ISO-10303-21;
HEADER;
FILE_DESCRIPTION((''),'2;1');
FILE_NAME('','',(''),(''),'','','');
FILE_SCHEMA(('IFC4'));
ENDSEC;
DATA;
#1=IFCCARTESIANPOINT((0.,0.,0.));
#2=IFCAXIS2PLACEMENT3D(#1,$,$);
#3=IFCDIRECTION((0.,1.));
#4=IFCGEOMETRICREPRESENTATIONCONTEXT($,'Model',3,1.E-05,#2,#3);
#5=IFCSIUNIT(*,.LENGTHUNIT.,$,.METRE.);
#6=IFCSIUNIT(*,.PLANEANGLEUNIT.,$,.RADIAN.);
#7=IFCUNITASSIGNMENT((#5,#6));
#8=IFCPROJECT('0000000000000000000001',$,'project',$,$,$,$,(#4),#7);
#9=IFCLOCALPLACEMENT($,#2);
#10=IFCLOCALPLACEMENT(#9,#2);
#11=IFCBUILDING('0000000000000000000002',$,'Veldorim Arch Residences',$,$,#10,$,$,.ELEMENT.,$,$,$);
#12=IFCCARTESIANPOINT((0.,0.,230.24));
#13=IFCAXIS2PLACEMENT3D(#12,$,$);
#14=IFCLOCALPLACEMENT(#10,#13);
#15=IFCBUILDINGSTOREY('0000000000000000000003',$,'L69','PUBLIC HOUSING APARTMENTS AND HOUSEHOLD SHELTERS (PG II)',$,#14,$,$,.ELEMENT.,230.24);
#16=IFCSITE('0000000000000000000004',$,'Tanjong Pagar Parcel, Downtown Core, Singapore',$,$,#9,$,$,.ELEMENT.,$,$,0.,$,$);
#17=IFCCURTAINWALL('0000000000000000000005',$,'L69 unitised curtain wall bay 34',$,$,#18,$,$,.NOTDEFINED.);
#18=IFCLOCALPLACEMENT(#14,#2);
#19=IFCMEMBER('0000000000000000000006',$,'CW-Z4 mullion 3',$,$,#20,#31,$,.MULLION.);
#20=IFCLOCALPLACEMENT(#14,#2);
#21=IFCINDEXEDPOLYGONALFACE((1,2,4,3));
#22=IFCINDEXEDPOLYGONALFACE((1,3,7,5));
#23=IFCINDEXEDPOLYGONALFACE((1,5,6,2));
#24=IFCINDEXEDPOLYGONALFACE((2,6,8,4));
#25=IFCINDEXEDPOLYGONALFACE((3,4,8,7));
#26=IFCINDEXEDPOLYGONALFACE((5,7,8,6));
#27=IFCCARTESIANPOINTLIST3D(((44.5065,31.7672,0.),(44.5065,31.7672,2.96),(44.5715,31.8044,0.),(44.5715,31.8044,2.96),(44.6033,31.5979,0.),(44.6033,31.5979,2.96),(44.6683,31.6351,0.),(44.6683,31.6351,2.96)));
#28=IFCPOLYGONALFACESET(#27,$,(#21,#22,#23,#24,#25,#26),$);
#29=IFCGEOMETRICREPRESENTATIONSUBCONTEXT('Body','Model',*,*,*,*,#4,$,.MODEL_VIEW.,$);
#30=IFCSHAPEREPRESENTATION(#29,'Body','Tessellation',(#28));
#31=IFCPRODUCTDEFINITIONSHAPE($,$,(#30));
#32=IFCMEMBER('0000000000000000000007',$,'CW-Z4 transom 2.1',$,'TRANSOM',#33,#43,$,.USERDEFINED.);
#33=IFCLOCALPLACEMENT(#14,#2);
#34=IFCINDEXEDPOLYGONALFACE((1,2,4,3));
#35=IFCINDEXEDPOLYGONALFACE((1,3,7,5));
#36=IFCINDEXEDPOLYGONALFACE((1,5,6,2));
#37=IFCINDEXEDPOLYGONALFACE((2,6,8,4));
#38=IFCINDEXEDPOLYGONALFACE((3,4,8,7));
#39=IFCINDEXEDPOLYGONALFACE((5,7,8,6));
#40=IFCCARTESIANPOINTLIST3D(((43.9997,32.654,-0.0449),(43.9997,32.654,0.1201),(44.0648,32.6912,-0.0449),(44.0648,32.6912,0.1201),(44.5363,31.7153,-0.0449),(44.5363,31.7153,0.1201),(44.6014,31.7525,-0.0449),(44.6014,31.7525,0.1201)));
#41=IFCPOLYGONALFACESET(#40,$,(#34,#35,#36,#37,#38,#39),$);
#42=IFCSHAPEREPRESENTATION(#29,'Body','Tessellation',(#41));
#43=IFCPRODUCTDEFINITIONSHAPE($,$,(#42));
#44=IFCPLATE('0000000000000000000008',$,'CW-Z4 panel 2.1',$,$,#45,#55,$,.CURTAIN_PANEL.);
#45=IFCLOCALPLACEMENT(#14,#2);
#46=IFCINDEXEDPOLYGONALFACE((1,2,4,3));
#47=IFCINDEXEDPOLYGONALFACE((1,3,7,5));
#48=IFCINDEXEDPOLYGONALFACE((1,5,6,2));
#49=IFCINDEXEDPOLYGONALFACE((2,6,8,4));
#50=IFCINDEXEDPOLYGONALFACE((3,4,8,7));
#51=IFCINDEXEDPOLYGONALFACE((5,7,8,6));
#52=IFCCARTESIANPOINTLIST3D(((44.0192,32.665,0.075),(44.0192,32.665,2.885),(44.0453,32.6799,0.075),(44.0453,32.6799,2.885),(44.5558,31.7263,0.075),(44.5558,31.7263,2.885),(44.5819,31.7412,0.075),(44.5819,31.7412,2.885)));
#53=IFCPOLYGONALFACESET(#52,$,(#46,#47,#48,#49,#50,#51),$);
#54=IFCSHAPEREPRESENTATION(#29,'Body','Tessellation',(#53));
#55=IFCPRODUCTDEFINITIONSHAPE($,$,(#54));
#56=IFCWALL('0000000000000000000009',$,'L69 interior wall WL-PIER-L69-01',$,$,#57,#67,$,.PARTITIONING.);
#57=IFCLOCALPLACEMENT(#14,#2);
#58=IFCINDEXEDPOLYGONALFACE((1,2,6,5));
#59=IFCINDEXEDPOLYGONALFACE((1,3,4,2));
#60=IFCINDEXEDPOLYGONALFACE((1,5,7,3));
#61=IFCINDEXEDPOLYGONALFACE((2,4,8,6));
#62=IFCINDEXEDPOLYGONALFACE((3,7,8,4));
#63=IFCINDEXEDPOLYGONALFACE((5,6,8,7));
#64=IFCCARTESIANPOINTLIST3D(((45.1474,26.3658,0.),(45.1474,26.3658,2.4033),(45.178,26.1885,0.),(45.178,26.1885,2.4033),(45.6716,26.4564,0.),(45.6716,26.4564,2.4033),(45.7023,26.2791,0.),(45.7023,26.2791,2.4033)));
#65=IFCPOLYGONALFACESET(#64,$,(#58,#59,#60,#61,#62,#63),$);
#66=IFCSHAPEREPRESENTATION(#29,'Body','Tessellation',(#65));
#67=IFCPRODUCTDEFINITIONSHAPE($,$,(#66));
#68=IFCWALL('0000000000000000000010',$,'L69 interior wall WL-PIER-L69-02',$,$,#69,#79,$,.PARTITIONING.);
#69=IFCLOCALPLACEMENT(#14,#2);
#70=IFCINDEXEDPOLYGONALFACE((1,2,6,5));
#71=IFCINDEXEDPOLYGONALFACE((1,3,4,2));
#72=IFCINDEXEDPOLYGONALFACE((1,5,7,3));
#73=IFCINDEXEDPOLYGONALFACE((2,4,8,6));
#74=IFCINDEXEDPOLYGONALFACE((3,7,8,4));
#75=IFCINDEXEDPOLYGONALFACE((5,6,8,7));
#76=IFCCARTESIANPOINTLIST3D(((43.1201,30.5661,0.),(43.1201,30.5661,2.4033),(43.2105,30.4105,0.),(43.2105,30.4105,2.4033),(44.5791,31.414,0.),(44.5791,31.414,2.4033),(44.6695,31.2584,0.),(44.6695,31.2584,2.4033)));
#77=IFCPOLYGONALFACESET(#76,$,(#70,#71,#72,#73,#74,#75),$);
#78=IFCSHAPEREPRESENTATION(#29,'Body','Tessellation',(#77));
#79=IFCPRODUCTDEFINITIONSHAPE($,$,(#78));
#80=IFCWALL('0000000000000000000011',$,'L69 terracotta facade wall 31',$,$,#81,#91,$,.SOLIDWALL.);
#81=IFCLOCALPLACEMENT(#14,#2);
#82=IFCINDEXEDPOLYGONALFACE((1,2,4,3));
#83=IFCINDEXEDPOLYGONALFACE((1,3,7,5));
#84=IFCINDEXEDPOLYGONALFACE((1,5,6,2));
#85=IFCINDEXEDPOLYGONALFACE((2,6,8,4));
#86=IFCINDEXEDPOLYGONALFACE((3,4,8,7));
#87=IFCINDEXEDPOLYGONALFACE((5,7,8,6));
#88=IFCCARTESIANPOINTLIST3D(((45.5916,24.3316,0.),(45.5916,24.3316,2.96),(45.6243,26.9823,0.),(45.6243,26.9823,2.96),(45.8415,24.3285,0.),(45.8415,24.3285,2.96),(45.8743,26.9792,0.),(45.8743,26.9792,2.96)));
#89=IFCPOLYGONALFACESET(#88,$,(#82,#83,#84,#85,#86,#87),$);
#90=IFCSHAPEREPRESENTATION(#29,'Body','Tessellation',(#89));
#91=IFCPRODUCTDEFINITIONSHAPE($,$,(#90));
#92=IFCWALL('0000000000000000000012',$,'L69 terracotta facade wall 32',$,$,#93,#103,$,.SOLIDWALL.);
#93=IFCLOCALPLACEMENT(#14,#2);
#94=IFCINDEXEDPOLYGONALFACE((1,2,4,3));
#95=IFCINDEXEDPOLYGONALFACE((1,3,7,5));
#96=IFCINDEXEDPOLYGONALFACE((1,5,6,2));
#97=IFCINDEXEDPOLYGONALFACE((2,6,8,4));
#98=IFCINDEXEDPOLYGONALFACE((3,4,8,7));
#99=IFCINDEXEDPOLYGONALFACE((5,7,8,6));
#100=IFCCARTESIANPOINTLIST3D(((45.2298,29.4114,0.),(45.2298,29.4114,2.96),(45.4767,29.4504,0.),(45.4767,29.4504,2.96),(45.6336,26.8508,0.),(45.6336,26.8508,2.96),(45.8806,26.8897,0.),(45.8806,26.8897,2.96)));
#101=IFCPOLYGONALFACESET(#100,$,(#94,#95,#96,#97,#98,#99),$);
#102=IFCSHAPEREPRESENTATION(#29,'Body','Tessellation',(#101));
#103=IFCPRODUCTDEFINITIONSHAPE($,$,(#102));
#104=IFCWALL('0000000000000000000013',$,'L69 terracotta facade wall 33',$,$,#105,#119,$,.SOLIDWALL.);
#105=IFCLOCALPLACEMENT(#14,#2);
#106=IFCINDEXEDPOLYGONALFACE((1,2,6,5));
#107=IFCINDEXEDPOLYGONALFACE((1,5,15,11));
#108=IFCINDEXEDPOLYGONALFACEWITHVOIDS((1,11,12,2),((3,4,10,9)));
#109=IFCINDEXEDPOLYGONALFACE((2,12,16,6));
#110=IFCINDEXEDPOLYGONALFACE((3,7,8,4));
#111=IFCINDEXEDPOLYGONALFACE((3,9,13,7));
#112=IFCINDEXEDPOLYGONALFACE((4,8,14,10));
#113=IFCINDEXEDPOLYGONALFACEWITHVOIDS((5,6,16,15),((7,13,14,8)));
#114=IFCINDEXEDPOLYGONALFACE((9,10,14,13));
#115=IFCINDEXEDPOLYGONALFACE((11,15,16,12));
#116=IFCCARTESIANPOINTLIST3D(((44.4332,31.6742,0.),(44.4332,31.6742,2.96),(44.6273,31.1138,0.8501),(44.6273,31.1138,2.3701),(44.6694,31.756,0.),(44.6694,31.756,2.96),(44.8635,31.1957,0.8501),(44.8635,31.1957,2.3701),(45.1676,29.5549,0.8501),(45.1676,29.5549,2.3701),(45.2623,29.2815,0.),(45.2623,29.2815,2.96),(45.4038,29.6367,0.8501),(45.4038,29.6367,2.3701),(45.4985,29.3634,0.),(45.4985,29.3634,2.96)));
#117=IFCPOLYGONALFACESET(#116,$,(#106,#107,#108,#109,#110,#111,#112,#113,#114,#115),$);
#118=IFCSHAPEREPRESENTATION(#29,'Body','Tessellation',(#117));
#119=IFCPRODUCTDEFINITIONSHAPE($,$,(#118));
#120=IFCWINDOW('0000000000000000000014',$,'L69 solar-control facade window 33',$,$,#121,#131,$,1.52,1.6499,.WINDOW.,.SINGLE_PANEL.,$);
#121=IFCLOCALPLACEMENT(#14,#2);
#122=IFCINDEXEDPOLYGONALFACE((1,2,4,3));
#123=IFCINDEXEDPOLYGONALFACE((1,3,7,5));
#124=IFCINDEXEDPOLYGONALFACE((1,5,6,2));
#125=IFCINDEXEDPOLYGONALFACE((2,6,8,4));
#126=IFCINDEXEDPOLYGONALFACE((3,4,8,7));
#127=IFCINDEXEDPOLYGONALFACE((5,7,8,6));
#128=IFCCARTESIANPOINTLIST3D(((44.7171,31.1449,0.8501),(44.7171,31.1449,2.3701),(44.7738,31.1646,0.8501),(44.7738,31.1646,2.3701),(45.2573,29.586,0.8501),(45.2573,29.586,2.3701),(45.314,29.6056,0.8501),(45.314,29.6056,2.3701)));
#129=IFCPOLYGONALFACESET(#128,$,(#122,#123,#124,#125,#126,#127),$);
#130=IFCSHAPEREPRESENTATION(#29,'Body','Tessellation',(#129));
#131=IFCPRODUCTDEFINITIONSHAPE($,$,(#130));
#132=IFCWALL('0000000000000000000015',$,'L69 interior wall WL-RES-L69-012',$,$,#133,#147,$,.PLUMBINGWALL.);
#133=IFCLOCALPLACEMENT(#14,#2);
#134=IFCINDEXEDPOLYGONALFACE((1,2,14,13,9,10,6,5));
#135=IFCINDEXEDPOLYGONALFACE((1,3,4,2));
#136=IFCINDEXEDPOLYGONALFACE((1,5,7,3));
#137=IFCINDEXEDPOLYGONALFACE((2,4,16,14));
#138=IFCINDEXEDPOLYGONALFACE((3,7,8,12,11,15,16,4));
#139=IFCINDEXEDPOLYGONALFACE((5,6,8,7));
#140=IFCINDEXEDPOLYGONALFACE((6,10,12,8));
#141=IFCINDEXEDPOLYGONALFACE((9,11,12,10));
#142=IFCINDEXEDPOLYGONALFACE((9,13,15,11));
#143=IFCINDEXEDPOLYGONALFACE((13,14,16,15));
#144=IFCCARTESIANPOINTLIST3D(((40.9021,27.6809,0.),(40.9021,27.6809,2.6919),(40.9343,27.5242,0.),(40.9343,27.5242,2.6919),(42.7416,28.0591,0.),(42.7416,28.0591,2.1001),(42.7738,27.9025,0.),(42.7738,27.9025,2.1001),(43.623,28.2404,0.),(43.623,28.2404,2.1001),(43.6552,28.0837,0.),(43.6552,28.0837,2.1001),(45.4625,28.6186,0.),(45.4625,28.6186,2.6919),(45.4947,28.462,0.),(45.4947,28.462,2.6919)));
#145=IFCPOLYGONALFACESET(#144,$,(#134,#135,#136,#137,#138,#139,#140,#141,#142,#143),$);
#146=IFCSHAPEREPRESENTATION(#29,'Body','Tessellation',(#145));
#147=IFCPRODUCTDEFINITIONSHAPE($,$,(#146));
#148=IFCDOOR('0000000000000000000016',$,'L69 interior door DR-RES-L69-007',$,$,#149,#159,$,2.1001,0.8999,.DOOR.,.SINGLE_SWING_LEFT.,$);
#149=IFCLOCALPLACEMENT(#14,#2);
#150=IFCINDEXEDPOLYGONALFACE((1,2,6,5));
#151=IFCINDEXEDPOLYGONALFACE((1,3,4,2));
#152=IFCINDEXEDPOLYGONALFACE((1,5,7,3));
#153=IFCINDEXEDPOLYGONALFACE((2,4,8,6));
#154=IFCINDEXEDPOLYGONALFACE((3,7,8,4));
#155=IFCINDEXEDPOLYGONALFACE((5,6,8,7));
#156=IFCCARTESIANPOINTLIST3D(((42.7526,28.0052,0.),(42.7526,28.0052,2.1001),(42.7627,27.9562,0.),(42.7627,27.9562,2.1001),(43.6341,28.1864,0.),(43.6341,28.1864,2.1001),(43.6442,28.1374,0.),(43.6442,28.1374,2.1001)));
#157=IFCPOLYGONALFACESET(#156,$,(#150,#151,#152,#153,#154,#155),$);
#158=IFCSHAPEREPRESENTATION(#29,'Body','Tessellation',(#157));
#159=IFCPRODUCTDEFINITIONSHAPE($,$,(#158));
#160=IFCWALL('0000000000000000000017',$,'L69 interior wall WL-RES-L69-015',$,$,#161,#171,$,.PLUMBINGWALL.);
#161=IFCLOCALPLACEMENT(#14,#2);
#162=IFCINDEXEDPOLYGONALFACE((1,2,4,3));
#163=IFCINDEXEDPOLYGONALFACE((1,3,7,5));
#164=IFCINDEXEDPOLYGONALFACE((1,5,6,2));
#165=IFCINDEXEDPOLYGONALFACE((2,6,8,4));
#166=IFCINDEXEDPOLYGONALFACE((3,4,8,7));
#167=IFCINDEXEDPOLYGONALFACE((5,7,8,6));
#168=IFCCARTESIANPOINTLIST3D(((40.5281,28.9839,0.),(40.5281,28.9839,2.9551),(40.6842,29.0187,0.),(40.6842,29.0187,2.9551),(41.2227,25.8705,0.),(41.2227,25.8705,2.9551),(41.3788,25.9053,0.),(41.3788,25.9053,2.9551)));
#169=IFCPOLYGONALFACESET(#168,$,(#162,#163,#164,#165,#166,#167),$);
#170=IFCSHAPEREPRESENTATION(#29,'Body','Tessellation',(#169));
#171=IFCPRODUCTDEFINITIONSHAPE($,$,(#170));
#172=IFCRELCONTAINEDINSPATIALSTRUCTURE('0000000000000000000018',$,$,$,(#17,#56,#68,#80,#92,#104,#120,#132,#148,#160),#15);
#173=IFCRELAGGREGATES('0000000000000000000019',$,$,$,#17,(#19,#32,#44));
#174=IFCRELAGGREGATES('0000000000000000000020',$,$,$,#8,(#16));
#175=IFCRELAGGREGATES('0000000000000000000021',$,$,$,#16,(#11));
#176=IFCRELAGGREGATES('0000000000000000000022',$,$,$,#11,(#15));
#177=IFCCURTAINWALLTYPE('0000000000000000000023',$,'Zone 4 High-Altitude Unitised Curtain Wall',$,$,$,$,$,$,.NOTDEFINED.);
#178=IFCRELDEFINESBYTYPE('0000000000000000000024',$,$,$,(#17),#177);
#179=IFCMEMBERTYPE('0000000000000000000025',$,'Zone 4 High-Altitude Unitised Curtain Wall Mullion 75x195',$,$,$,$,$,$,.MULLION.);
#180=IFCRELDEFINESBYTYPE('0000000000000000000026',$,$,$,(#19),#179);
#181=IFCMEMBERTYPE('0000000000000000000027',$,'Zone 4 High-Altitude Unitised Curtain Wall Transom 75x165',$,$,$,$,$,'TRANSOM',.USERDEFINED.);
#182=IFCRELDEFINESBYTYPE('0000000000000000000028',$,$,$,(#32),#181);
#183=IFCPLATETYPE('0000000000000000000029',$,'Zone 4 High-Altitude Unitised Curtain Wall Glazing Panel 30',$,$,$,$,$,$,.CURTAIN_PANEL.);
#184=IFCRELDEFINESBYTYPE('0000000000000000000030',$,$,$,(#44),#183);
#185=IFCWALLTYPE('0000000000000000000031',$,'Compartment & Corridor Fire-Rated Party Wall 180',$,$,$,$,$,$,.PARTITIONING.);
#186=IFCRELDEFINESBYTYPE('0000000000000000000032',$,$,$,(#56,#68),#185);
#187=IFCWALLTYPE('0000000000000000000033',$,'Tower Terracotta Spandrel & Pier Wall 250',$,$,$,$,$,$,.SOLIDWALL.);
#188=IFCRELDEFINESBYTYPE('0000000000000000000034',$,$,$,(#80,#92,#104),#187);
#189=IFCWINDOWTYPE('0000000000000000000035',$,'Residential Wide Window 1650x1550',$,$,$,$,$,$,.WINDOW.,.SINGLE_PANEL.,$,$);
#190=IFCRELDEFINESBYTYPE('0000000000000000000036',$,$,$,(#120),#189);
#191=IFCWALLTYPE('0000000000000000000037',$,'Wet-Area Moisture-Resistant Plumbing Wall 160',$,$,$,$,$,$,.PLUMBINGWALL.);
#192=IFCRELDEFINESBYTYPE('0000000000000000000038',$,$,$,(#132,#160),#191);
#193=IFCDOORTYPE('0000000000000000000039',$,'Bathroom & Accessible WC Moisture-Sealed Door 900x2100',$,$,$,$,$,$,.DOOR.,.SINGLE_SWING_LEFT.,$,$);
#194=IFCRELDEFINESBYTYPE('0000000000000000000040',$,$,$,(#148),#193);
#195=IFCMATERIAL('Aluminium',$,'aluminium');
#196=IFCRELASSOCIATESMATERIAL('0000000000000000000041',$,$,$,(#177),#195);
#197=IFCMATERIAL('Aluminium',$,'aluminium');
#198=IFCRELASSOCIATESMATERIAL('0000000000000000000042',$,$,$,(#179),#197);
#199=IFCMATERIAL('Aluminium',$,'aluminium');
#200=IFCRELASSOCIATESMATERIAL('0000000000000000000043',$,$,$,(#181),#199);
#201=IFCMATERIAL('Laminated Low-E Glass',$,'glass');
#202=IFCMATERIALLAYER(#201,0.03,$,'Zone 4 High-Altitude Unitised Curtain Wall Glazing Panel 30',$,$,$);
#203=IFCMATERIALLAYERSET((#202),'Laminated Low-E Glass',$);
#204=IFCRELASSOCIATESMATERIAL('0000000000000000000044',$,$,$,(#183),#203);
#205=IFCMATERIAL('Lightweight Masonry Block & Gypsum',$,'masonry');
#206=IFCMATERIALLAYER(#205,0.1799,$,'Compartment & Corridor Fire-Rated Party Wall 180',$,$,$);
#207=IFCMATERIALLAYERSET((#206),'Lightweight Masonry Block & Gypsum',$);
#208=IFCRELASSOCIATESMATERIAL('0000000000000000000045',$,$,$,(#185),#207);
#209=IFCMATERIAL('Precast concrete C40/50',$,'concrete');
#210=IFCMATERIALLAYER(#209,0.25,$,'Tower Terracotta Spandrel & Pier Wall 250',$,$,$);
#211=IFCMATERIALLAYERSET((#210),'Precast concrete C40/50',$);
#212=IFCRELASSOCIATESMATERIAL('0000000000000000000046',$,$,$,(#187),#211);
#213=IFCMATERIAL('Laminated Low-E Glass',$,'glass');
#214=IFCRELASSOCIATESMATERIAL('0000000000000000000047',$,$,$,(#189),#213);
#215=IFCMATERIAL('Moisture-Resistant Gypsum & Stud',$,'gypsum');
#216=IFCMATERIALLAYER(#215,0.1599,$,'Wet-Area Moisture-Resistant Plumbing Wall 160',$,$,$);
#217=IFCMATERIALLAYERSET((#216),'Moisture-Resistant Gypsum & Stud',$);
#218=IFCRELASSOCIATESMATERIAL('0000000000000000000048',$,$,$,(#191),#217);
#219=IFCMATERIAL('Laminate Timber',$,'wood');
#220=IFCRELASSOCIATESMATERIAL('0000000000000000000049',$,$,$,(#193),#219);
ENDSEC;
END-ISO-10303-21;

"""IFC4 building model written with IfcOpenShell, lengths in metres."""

from ifc_helpers import new_model, si_unit, direction, frame, frame_2d, origin, origin_2d, place, context, subcontext, project, spatial, rectangle, extrude, material, layer, layer_set, material_profile, profile_set, type_object, element, fill, aggregate, save


model = new_model("IFC4")

# Units and contexts
model_context = context("Model", 3, precision=1e-05, world=origin(), true_north=direction((0.0, 1.0)))
body_context = subcontext(model_context, "Body", "Model", "MODEL_VIEW")
ifc_project = project(units=[si_unit("LENGTHUNIT", "METRE"), si_unit("PLANEANGLEUNIT", "RADIAN")], contexts=[model_context])

# Site, building, storey
site_placement = place(None, origin())
site = spatial("IfcSite", under=ifc_project, at=site_placement, Name="Tanjong Pagar Parcel, Downtown Core, Singapore", CompositionType="ELEMENT", RefElevation=0.0)
building_placement = place(site_placement, origin())
building = spatial("IfcBuilding", under=site, at=building_placement, Name="Veldorim Arch Residences", CompositionType="ELEMENT")
storey_placement = place(building_placement, frame((0.0, 0.0, 230.24)))
storey = spatial("IfcBuildingStorey", under=building, at=storey_placement, Name="L69", Description="PUBLIC HOUSING APARTMENTS AND HOUSEHOLD SHELTERS (PG II)", CompositionType="ELEMENT", Elevation=230.24)

# Curtain wall, members, plate
ifc_material_1 = material(Name="Aluminium", Category="aluminium")
curtain_wall_type = type_object("IfcCurtainWallType", Name="Zone 4 High-Altitude Unitised Curtain Wall", PredefinedType="NOTDEFINED", material=ifc_material_1)
curtain_wall_placement = place(storey_placement, origin())
curtain_wall = element("IfcCurtainWall", 1, at=curtain_wall_placement, inside=storey, type_object=curtain_wall_type, Name="L69 unitised curtain wall bay 34", PredefinedType="NOTDEFINED")
ifc_material_2 = material(Name="Aluminium", Category="aluminium")
ifc_material_profile_1 = material_profile(ifc_material_2, rectangle(XDim=0.075, YDim=0.1951, at=origin_2d()), Name="ALU_MUL_75x195")
ifc_profile_set_1 = profile_set([ifc_material_profile_1], Name="Aluminium")
member_type_1 = type_object("IfcMemberType", Name="Zone 4 High-Altitude Unitised Curtain Wall Mullion 75x195", PredefinedType="MULLION", material=ifc_profile_set_1)
member_1_placement = place(storey_placement, frame((44.5874, 31.7012, 0.0), z_axis=(0.0, 0.0, 1.0), x_axis=(0.868166, 0.496274, 0.0)))
member_1 = element("IfcMember", 2, at=member_1_placement, type_object=member_type_1, Name="CW-Z4 mullion 3", PredefinedType="MULLION", context=body_context, shape_type="SweptSolid", body=[
    extrude(rectangle(XDim=0.075, YDim=0.1951, at=origin_2d()), origin(), (0.0, 0.0, 1.0), 2.96),
])
ifc_material_3 = material(Name="Aluminium", Category="aluminium")
ifc_material_profile_2 = material_profile(ifc_material_3, rectangle(XDim=0.075, YDim=0.165, at=origin_2d()), Name="ALU_TRN_75x165")
ifc_profile_set_2 = profile_set([ifc_material_profile_2], Name="Aluminium")
member_type_2 = type_object("IfcMemberType", Name="Zone 4 High-Altitude Unitised Curtain Wall Transom 75x165", ElementType="TRANSOM", PredefinedType="USERDEFINED", material=ifc_profile_set_2)
member_2_placement = place(storey_placement, frame((44.0322, 32.6726, 0.0376), z_axis=(0.496285, -0.86816, 0.0), x_axis=(0.86816, 0.496285, 0.0)))
member_2 = element("IfcMember", 3, at=member_2_placement, type_object=member_type_2, Name="CW-Z4 transom 2.1", ObjectType="TRANSOM", PredefinedType="USERDEFINED", context=body_context, shape_type="SweptSolid", body=[
    extrude(rectangle(XDim=0.075, YDim=0.165, at=origin_2d()), origin(), (0.0, 0.0, 1.0), 1.0813),
])
ifc_material_4 = material(Name="Laminated Low-E Glass", Category="glass")
ifc_layer_1 = layer(ifc_material_4, 0.03, Name="Zone 4 High-Altitude Unitised Curtain Wall Glazing Panel 30")
ifc_layer_set_1 = layer_set([ifc_layer_1], Name="Laminated Low-E Glass")
plate_type = type_object("IfcPlateType", Name="Zone 4 High-Altitude Unitised Curtain Wall Glazing Panel 30", PredefinedType="CURTAIN_PANEL", material=ifc_layer_set_1)
plate_placement = place(storey_placement, frame((44.3005, 32.2031, 0.075), z_axis=(0.0, 0.0, 1.0), x_axis=(0.496274, -0.868166, 0.0)))
plate = element("IfcPlate", 4, at=plate_placement, type_object=plate_type, Name="CW-Z4 panel 2.1", PredefinedType="CURTAIN_PANEL", context=body_context, shape_type="SweptSolid", body=[
    extrude(rectangle(XDim=1.0813, YDim=0.03, at=origin_2d()), origin(), (0.0, 0.0, 1.0), 2.8101),
])
aggregate(curtain_wall, [member_1, member_2, plate])

# Walls
ifc_material_5 = material(Name="Lightweight Masonry Block & Gypsum", Category="masonry")
ifc_layer_2 = layer(ifc_material_5, 0.1799, Name="Compartment & Corridor Fire-Rated Party Wall 180")
ifc_layer_set_2 = layer_set([ifc_layer_2], Name="Lightweight Masonry Block & Gypsum")
wall_type_1 = type_object("IfcWallType", Name="Compartment & Corridor Fire-Rated Party Wall 180", PredefinedType="PARTITIONING", material=ifc_layer_set_2)
wall_1_placement = place(storey_placement, frame((45.1626, 26.2771, 0.0), z_axis=(0.0, 0.0, 1.0), x_axis=(0.985396, 0.170276, 0.0)))
element("IfcWall", 5, at=wall_1_placement, inside=storey, type_object=wall_type_1, Name="L69 interior wall WL-PIER-L69-01", PredefinedType="PARTITIONING", context=body_context, shape_type="SweptSolid", body=[
    extrude(rectangle(XDim=0.532, YDim=0.1799, at=frame_2d((0.2661, 0.0))), origin(), (0.0, 0.0, 1.0), 2.4033),
])
wall_2_placement = place(storey_placement, frame((43.1653, 30.4883, 0.0), z_axis=(0.0, 0.0, 1.0), x_axis=(0.864596, 0.502467, 0.0)))
element("IfcWall", 6, at=wall_2_placement, inside=storey, type_object=wall_type_1, Name="L69 interior wall WL-PIER-L69-02", PredefinedType="PARTITIONING", context=body_context, shape_type="SweptSolid", body=[
    extrude(rectangle(XDim=1.6875, YDim=0.1799, at=frame_2d((0.8438, 0.0))), origin(), (0.0, 0.0, 1.0), 2.4033),
])
ifc_material_6 = material(Name="Precast concrete C40/50", Category="concrete")
ifc_layer_3 = layer(ifc_material_6, 0.25, Name="Tower Terracotta Spandrel & Pier Wall 250")
ifc_layer_set_3 = layer_set([ifc_layer_3], Name="Precast concrete C40/50")
wall_type_2 = type_object("IfcWallType", Name="Tower Terracotta Spandrel & Pier Wall 250", PredefinedType="SOLIDWALL", material=ifc_layer_set_3)
wall_3_placement = place(storey_placement, frame((45.7493, 26.9807, 0.0), z_axis=(0.0, 0.0, 1.0), x_axis=(-0.012341, -0.999924, 0.0)))
element("IfcWall", 7, at=wall_3_placement, inside=storey, type_object=wall_type_2, Name="L69 terracotta facade wall 31", PredefinedType="SOLIDWALL", context=body_context, shape_type="SweptSolid", body=[
    extrude(rectangle(XDim=2.6509, YDim=0.25, at=frame_2d((1.3254, 0.0))), origin(), (0.0, 0.0, 1.0), 2.96),
])
wall_4_placement = place(storey_placement, frame((45.3533, 29.4309, 0.0), z_axis=(0.0, 0.0, 1.0), x_axis=(0.155779, -0.987792, 0.0)))
element("IfcWall", 8, at=wall_4_placement, inside=storey, type_object=wall_type_2, Name="L69 terracotta facade wall 32", PredefinedType="SOLIDWALL", context=body_context, shape_type="SweptSolid", body=[
    extrude(rectangle(XDim=2.5923, YDim=0.25, at=frame_2d((1.2961, 0.0))), origin(), (0.0, 0.0, 1.0), 2.96),
])

# Wall, opening, window
wall_5_placement = place(storey_placement, frame((44.5513, 31.7151, 0.0), z_axis=(0.0, 0.0, 1.0), x_axis=(0.327428, -0.944876, 0.0)))
wall_5 = element("IfcWall", 9, at=wall_5_placement, inside=storey, type_object=wall_type_2, Name="L69 terracotta facade wall 33", PredefinedType="SOLIDWALL", context=body_context, shape_type="SweptSolid", body=[
    extrude(rectangle(XDim=2.5322, YDim=0.25, at=frame_2d((1.2661, 0.0))), origin(), (0.0, 0.0, 1.0), 2.96),
])
opening_1_placement = place(wall_5_placement, frame((0.593, 0.0, 0.8501)))
opening_1 = element("IfcOpeningElement", 10, at=opening_1_placement, cuts=wall_5, PredefinedType="OPENING", context=body_context, shape_type="SweptSolid", body=[
    extrude(rectangle(XDim=1.6499, YDim=1.52, at=frame_2d((0.825, 0.76))), frame((0.0, 0.135, 0.0), z_axis=(0.0, -1.0, 0.0), x_axis=(1.0, 0.0, 0.0)), (0.0, 0.0, 1.0), 0.27),
])
ifc_material_7 = material(Name="Laminated Low-E Glass", Category="glass")
window_type = type_object("IfcWindowType", Name="Residential Wide Window 1650x1550", PartitioningType="SINGLE_PANEL", PredefinedType="WINDOW", material=ifc_material_7)
window_placement = place(opening_1_placement, origin())
window = element("IfcWindow", 11, at=window_placement, inside=storey, type_object=window_type, Name="L69 solar-control facade window 33", OverallHeight=1.52, OverallWidth=1.6499, PartitioningType="SINGLE_PANEL", PredefinedType="WINDOW", context=body_context, shape_type="SweptSolid", body=[
    extrude(rectangle(XDim=1.6499, YDim=1.52, at=frame_2d((0.825, 0.76))), frame((0.0, 0.03, 0.0), z_axis=(0.0, -1.0, 0.0), x_axis=(1.0, 0.0, 0.0)), (0.0, 0.0, 1.0), 0.0601),
])
fill(opening_1, window)

# Wall, opening, door
ifc_material_8 = material(Name="Moisture-Resistant Gypsum & Stud", Category="gypsum")
ifc_layer_4 = layer(ifc_material_8, 0.1599, Name="Wet-Area Moisture-Resistant Plumbing Wall 160")
ifc_layer_set_4 = layer_set([ifc_layer_4], Name="Moisture-Resistant Gypsum & Stud")
wall_type_3 = type_object("IfcWallType", Name="Wet-Area Moisture-Resistant Plumbing Wall 160", PredefinedType="PLUMBINGWALL", material=ifc_layer_set_4)
wall_6_placement = place(storey_placement, frame((40.9182, 27.6025, 0.0), z_axis=(0.0, 0.0, 1.0), x_axis=(0.979505, 0.201418, 0.0)))
wall_6 = element("IfcWall", 12, at=wall_6_placement, inside=storey, type_object=wall_type_3, Name="L69 interior wall WL-RES-L69-012", PredefinedType="PLUMBINGWALL", context=body_context, shape_type="SweptSolid", body=[
    extrude(rectangle(XDim=4.6558, YDim=0.1599, at=frame_2d((2.3279, 0.0))), origin(), (0.0, 0.0, 1.0), 2.6919),
])
opening_2_placement = place(wall_6_placement, frame((1.8779, 0.0, 0.0)))
opening_2 = element("IfcOpeningElement", 13, at=opening_2_placement, cuts=wall_6, PredefinedType="OPENING", context=body_context, shape_type="SweptSolid", body=[
    extrude(rectangle(XDim=0.8999, YDim=2.1001, at=frame_2d((0.45, 1.05))), frame((0.0, 0.0898, 0.0), z_axis=(0.0, -1.0, 0.0), x_axis=(1.0, 0.0, 0.0)), (0.0, 0.0, 1.0), 0.1799),
])
ifc_material_9 = material(Name="Laminate Timber", Category="wood")
door_type = type_object("IfcDoorType", Name="Bathroom & Accessible WC Moisture-Sealed Door 900x2100", OperationType="SINGLE_SWING_LEFT", PredefinedType="DOOR", material=ifc_material_9)
door_placement = place(opening_2_placement, origin())
door = element("IfcDoor", 14, at=door_placement, inside=storey, type_object=door_type, Name="L69 interior door DR-RES-L69-007", OperationType="SINGLE_SWING_LEFT", OverallHeight=2.1001, OverallWidth=0.8999, PredefinedType="DOOR", context=body_context, shape_type="SweptSolid", body=[
    extrude(rectangle(XDim=0.8999, YDim=2.1001, at=frame_2d((0.45, 1.05))), frame((0.0, 0.0249, 0.0), z_axis=(0.0, -1.0, 0.0), x_axis=(1.0, 0.0, 0.0)), (0.0, 0.0, 1.0), 0.05),
])
fill(opening_2, door)

# Wall
wall_7_placement = place(storey_placement, frame((41.3008, 25.8879, 0.0), z_axis=(0.0, 0.0, 1.0), x_axis=(-0.217749, 0.976005, 0.0)))
element("IfcWall", 15, at=wall_7_placement, inside=storey, type_object=wall_type_3, Name="L69 interior wall WL-RES-L69-015", PredefinedType="PLUMBINGWALL", context=body_context, shape_type="SweptSolid", body=[
    extrude(rectangle(XDim=3.1899, YDim=0.1599, at=frame_2d((1.595, 0.0))), origin(), (0.0, 0.0, 1.0), 2.9551),
])

save(model, "model.ifc")
